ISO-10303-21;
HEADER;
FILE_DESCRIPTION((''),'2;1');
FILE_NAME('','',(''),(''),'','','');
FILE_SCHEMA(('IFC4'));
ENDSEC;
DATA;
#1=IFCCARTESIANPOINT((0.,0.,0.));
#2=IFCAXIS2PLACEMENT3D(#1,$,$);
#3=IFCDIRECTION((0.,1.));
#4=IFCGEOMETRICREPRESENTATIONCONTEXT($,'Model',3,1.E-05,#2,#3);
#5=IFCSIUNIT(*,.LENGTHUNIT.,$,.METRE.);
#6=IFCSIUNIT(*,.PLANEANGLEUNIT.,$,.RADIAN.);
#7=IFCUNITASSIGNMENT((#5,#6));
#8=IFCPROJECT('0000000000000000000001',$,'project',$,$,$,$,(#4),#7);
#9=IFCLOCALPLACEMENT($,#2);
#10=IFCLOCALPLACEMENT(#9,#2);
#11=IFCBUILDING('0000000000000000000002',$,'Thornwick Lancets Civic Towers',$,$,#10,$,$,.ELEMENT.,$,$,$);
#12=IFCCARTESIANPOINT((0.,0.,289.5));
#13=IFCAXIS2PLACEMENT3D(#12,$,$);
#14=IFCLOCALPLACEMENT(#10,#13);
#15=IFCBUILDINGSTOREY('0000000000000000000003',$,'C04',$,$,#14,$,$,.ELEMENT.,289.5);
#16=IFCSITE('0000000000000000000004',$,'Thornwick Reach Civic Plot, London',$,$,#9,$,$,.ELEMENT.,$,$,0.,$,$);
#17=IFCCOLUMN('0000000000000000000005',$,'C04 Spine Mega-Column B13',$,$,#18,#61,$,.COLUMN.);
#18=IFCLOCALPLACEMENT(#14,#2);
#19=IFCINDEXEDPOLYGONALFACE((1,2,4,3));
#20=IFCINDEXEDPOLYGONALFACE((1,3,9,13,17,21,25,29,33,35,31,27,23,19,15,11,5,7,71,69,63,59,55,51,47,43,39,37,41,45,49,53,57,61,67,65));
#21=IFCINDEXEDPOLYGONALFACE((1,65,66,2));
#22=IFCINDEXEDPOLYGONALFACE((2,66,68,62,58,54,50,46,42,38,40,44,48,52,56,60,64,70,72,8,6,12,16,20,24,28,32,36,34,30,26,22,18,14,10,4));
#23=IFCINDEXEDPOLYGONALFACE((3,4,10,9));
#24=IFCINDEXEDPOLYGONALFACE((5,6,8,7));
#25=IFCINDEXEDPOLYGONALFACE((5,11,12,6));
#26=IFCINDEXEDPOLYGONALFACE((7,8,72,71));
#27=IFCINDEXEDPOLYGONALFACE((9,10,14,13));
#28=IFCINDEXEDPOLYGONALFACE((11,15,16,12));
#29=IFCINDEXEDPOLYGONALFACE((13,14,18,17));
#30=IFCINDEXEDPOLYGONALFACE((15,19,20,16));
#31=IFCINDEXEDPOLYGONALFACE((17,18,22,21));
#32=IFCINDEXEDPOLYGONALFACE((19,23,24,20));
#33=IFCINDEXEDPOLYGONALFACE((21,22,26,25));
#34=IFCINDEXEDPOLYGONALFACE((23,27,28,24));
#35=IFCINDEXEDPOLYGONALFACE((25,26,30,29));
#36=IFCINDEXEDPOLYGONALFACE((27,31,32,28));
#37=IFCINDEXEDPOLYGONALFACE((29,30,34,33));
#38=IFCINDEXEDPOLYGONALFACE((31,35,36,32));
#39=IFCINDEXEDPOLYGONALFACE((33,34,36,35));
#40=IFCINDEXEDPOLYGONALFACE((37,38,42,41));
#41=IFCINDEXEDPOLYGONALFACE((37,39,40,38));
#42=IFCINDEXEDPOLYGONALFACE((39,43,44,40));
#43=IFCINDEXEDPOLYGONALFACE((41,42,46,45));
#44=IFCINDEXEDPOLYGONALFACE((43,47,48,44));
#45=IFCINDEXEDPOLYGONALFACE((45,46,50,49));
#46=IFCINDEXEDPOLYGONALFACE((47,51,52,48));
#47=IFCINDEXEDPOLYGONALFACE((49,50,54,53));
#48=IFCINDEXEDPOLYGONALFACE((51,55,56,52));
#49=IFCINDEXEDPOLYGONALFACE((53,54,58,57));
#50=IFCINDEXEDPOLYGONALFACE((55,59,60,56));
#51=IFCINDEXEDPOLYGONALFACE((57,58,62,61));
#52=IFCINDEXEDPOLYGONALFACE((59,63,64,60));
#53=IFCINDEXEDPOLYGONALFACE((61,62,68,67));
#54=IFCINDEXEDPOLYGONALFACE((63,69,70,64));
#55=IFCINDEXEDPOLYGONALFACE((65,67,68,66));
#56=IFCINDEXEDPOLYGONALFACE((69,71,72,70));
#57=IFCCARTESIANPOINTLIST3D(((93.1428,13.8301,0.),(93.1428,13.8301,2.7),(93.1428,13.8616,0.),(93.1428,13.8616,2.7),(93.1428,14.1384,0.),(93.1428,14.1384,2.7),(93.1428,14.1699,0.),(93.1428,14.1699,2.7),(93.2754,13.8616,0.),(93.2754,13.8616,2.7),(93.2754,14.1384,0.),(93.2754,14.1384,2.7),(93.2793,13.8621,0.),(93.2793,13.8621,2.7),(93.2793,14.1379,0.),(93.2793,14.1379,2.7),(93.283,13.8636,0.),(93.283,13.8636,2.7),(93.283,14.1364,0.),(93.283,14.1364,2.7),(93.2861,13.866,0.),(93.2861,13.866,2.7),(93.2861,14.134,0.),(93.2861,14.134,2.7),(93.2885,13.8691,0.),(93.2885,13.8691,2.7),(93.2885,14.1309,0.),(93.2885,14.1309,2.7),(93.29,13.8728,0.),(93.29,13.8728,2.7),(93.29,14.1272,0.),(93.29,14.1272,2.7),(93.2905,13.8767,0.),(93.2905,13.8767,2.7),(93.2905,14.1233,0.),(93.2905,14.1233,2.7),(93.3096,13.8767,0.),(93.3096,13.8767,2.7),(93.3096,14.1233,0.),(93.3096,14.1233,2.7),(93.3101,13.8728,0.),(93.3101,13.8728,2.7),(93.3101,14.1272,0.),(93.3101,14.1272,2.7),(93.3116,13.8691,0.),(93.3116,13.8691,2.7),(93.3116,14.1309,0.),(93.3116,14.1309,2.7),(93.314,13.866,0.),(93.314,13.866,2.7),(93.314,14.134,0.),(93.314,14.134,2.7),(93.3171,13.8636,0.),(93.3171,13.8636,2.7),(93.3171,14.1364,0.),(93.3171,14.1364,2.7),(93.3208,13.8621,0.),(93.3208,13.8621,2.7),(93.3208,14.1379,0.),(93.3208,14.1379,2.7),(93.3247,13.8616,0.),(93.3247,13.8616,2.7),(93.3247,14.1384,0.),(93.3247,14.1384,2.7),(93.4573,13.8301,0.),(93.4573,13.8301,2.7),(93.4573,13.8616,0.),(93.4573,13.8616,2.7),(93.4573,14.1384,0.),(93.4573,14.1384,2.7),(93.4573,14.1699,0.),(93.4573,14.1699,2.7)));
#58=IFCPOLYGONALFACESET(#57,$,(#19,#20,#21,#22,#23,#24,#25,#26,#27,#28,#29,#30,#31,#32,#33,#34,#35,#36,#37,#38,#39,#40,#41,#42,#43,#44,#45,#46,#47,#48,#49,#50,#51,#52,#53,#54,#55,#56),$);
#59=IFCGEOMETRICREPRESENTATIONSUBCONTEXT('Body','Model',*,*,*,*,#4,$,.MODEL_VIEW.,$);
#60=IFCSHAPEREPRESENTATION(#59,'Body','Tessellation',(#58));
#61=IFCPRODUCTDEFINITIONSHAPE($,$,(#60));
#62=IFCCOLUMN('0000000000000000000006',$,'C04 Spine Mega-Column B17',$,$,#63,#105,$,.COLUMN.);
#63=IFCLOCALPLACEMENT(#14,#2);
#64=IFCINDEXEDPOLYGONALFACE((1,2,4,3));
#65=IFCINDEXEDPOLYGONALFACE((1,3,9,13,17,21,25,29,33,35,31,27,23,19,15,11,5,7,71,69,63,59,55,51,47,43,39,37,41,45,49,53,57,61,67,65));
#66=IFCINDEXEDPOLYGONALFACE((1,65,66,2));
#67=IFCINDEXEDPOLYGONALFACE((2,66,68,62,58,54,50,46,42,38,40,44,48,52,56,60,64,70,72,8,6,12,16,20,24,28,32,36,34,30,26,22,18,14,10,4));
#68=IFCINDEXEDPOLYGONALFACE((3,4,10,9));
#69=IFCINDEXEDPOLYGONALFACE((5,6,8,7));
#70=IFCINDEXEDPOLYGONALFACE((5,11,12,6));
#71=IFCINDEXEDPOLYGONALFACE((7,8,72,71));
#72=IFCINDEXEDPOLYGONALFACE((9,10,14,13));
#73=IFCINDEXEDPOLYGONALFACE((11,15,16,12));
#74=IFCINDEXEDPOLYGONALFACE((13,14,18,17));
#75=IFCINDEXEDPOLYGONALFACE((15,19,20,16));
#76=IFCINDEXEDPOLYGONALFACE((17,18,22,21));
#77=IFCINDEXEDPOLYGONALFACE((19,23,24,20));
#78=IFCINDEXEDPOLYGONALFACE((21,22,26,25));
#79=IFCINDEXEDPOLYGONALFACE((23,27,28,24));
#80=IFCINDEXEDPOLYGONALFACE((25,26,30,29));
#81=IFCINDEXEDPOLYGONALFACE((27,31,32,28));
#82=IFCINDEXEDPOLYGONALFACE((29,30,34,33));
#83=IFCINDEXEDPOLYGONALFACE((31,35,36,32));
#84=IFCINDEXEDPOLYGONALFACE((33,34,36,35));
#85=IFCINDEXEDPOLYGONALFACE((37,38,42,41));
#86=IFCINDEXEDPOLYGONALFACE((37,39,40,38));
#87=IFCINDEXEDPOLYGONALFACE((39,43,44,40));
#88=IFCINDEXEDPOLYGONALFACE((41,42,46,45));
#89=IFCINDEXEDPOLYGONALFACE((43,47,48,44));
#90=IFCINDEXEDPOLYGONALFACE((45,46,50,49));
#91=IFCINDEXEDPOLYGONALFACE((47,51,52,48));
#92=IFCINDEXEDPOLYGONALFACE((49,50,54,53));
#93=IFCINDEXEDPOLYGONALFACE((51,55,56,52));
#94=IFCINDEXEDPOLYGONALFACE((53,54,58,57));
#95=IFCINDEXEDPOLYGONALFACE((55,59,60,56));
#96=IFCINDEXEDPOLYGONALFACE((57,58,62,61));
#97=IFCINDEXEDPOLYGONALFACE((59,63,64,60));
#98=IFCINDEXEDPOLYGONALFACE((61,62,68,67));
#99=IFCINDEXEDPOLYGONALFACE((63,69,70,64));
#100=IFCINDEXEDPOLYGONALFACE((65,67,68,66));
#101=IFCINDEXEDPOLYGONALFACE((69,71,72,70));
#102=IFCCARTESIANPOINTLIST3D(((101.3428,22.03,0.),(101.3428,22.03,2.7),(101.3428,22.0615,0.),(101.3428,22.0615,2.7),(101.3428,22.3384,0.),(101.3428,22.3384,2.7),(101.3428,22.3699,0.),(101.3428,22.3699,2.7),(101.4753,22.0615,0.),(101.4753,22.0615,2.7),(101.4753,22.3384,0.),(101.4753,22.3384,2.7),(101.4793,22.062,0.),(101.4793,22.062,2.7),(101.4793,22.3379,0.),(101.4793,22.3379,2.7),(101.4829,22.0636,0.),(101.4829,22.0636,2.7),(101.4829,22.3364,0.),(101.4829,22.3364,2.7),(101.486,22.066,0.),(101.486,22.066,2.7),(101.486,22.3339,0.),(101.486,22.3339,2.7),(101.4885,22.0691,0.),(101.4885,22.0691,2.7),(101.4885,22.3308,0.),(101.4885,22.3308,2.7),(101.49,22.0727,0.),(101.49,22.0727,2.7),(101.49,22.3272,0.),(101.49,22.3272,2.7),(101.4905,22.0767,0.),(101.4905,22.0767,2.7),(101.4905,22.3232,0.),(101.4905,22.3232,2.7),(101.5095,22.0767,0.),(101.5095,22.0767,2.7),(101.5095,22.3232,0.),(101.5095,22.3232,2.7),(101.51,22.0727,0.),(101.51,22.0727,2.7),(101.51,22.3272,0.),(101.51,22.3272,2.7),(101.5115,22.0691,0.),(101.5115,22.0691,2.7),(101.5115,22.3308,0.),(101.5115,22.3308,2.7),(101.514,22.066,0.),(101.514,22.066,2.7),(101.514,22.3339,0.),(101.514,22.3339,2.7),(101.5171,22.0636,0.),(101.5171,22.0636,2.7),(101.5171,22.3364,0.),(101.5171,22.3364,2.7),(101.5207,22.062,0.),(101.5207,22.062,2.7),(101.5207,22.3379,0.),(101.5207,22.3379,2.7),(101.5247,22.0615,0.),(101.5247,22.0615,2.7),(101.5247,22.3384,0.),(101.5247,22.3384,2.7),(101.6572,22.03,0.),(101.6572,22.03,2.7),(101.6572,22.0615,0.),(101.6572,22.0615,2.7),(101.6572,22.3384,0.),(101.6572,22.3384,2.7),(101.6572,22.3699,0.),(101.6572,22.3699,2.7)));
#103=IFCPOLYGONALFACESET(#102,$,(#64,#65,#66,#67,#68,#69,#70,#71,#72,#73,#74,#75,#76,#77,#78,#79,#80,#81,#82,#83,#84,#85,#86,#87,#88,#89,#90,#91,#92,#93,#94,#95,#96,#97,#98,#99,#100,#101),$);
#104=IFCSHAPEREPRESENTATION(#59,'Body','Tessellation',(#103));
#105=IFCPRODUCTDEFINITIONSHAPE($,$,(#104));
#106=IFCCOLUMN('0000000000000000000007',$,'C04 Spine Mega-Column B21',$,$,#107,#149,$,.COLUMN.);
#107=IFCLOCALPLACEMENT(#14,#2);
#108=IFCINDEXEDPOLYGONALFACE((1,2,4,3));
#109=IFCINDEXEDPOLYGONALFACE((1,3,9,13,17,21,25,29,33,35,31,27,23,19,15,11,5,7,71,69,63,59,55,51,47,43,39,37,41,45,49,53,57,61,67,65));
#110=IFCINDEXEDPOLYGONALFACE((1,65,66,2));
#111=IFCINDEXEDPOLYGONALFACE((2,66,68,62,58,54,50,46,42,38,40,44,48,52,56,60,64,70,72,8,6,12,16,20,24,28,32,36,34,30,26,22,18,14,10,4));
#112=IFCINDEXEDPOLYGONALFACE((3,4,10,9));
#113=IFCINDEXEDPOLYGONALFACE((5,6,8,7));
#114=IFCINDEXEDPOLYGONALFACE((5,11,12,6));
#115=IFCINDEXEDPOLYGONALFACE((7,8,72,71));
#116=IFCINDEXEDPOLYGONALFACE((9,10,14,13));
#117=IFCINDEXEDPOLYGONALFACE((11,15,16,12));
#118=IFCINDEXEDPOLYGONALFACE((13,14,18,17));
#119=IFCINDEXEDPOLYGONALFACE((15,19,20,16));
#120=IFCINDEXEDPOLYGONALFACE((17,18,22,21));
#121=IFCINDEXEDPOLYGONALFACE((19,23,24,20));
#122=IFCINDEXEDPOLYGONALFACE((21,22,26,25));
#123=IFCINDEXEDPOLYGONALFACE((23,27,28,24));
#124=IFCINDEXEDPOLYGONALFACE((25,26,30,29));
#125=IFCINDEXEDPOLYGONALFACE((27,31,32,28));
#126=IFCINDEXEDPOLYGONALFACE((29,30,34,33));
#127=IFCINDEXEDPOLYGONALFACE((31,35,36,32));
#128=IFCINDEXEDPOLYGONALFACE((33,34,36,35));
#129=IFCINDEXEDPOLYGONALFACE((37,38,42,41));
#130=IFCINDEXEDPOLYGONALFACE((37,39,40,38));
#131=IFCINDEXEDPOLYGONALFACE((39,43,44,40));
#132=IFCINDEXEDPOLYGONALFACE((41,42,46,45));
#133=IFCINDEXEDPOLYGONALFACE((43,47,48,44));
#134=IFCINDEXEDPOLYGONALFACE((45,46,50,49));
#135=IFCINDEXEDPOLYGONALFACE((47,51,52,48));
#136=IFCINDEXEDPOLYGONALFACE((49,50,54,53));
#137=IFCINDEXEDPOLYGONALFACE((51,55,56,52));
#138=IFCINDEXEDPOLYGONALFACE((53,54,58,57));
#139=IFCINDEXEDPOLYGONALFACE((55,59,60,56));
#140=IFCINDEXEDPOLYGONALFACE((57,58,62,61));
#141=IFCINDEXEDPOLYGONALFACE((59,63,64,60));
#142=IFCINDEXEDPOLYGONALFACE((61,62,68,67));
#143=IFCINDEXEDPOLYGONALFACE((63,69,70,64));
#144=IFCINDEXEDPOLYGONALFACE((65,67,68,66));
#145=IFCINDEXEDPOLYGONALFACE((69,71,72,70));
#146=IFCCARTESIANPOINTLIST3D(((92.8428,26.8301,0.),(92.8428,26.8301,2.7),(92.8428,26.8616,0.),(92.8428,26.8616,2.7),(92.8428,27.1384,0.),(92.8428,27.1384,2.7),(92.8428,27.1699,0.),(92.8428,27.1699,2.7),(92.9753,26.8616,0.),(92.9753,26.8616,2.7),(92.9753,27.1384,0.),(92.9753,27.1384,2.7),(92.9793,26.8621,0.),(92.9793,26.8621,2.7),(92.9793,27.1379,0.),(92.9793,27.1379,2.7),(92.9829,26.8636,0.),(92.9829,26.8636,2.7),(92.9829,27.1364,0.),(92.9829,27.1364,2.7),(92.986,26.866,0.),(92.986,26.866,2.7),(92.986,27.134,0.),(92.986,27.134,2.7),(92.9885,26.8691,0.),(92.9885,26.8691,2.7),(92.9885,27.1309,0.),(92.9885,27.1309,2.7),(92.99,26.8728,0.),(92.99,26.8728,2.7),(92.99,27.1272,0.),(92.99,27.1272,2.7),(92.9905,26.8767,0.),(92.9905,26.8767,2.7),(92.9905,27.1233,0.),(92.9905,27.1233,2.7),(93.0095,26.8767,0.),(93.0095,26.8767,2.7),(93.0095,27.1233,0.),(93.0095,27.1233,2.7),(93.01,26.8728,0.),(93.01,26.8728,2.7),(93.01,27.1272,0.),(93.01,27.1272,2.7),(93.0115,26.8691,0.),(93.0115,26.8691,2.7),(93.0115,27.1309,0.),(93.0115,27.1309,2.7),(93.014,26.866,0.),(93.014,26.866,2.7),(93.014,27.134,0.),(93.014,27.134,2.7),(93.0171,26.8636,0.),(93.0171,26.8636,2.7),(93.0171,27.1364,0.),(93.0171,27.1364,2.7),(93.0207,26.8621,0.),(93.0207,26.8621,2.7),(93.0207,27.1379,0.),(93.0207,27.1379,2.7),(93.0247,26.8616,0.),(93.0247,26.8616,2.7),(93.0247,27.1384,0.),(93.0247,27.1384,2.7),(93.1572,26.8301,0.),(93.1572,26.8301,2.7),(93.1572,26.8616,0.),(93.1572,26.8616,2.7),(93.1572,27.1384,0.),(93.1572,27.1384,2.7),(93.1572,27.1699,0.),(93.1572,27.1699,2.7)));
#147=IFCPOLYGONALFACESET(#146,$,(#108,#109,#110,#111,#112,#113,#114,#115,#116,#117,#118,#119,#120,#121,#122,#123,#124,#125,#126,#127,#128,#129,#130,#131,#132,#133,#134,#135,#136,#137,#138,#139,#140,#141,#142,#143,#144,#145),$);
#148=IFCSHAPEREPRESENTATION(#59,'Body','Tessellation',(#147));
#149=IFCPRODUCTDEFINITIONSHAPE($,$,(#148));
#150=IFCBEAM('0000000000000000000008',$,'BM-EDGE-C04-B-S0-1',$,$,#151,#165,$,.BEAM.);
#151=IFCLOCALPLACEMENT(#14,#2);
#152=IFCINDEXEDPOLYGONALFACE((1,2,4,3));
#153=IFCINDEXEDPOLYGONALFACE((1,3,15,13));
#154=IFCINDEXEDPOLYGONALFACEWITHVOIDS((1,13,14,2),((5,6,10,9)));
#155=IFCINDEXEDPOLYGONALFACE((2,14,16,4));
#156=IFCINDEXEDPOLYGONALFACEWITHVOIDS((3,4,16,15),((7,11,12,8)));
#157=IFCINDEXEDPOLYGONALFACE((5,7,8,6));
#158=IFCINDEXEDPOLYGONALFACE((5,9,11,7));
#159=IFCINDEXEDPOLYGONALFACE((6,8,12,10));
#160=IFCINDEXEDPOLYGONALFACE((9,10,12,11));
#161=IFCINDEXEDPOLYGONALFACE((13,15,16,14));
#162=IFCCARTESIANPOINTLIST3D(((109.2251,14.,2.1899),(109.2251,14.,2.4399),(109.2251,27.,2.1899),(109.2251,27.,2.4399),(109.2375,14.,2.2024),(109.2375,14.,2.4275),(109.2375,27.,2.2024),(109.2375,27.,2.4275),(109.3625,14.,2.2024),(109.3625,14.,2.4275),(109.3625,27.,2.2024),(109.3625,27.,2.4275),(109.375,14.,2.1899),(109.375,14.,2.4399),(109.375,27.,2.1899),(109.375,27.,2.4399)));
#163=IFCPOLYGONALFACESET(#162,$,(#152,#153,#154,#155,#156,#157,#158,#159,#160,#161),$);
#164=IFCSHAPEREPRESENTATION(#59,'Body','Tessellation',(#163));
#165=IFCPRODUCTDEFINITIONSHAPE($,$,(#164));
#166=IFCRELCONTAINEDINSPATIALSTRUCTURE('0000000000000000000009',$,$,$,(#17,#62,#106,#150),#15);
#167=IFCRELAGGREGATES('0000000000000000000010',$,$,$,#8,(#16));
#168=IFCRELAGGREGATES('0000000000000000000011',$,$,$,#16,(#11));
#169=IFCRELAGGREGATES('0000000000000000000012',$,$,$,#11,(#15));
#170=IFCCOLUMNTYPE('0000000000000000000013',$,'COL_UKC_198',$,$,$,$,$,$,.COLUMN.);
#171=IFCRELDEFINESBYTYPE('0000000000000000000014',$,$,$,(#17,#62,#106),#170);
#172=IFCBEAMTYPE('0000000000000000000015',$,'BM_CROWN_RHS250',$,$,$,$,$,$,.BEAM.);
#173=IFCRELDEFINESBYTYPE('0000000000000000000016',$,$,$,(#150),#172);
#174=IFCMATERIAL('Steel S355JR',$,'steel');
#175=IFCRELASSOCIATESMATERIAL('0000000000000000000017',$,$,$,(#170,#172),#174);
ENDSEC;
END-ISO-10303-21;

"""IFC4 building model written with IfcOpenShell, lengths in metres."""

from ifc_helpers import new_model, si_unit, direction, frame, origin, origin_2d, place, context, subcontext, project, spatial, hollow_rectangle, i_section, extrude, material, material_profile, profile_set, type_object, element, save


model = new_model("IFC4")

# Units and contexts
model_context = context("Model", 3, precision=1e-05, world=origin(), true_north=direction((0.0, 1.0)))
body_context = subcontext(model_context, "Body", "Model", "MODEL_VIEW")
ifc_project = project(units=[si_unit("LENGTHUNIT", "METRE"), si_unit("PLANEANGLEUNIT", "RADIAN")], contexts=[model_context])

# Site, building, storey
site_placement = place(None, origin())
site = spatial("IfcSite", under=ifc_project, at=site_placement, Name="Thornwick Reach Civic Plot, London", CompositionType="ELEMENT", RefElevation=0.0)
building_placement = place(site_placement, origin())
building = spatial("IfcBuilding", under=site, at=building_placement, Name="Thornwick Lancets Civic Towers", CompositionType="ELEMENT")
storey_placement = place(building_placement, frame((0.0, 0.0, 289.5)))
storey = spatial("IfcBuildingStorey", under=building, at=storey_placement, Name="C04", CompositionType="ELEMENT", Elevation=289.5)

# Columns
ifc_material_1 = material(Name="Steel S355JR", Category="steel")
ifc_material_profile_1 = material_profile(ifc_material_1, i_section(OverallWidth=0.3145, OverallDepth=0.3398, WebThickness=0.019, FlangeThickness=0.0315, FilletRadius=0.0151, at=origin_2d()), Name="UKC 305x305x198")
ifc_profile_set_1 = profile_set([ifc_material_profile_1], Name="Steel S355JR")
column_type_1 = type_object("IfcColumnType", Name="COL_UKC_198", PredefinedType="COLUMN", material=ifc_profile_set_1)
for number, where, z_axis, x_axis, name in (
    (1, (93.3, 14.0, 0.0), (0.0, 0.0, 1.0), (1.0, 0.0, 0.0), "C04 Spine Mega-Column B13"),
    (2, (101.5, 22.2, 0.0), (0.0, 0.0, 1.0), (1.0, 0.0, 0.0), "C04 Spine Mega-Column B17"),
    (3, (93.0, 27.0, 0.0), (0.0, 0.0, 1.0), (1.0, 0.0, 0.0), "C04 Spine Mega-Column B21"),
):
    element("IfcColumn", number, at=place(storey_placement, frame(where, z_axis=z_axis, x_axis=x_axis)), inside=storey, type_object=column_type_1, Name=name, PredefinedType="COLUMN", context=body_context, shape_type="SweptSolid", body=[
        extrude(i_section(OverallWidth=0.3145, OverallDepth=0.3398, WebThickness=0.019, FlangeThickness=0.0315, FilletRadius=0.0151, at=origin_2d()), origin(), (0.0, 0.0, 1.0), 2.7),
    ])

# Beam
ifc_material_profile_2 = material_profile(ifc_material_1, hollow_rectangle(XDim=0.1499, YDim=0.25, WallThickness=0.0125, at=origin_2d()), Name="RHS 250x150x12.5")
ifc_profile_set_2 = profile_set([ifc_material_profile_2], Name="Steel S355JR")
beam_type_1 = type_object("IfcBeamType", Name="BM_CROWN_RHS250", PredefinedType="BEAM", material=ifc_profile_set_2)
beam_1_placement = place(storey_placement, frame((109.3, 14.0, 2.3149), z_axis=(0.0, 1.0, 0.0), x_axis=(-1.0, 0.0, 0.0)))
element("IfcBeam", 4, at=beam_1_placement, inside=storey, type_object=beam_type_1, Name="BM-EDGE-C04-B-S0-1", PredefinedType="BEAM", context=body_context, shape_type="SweptSolid", body=[
    extrude(hollow_rectangle(XDim=0.1499, YDim=0.25, WallThickness=0.0125, at=origin_2d()), origin(), (0.0, 0.0, 1.0), 13.0),
])

save(model, "model.ifc")
